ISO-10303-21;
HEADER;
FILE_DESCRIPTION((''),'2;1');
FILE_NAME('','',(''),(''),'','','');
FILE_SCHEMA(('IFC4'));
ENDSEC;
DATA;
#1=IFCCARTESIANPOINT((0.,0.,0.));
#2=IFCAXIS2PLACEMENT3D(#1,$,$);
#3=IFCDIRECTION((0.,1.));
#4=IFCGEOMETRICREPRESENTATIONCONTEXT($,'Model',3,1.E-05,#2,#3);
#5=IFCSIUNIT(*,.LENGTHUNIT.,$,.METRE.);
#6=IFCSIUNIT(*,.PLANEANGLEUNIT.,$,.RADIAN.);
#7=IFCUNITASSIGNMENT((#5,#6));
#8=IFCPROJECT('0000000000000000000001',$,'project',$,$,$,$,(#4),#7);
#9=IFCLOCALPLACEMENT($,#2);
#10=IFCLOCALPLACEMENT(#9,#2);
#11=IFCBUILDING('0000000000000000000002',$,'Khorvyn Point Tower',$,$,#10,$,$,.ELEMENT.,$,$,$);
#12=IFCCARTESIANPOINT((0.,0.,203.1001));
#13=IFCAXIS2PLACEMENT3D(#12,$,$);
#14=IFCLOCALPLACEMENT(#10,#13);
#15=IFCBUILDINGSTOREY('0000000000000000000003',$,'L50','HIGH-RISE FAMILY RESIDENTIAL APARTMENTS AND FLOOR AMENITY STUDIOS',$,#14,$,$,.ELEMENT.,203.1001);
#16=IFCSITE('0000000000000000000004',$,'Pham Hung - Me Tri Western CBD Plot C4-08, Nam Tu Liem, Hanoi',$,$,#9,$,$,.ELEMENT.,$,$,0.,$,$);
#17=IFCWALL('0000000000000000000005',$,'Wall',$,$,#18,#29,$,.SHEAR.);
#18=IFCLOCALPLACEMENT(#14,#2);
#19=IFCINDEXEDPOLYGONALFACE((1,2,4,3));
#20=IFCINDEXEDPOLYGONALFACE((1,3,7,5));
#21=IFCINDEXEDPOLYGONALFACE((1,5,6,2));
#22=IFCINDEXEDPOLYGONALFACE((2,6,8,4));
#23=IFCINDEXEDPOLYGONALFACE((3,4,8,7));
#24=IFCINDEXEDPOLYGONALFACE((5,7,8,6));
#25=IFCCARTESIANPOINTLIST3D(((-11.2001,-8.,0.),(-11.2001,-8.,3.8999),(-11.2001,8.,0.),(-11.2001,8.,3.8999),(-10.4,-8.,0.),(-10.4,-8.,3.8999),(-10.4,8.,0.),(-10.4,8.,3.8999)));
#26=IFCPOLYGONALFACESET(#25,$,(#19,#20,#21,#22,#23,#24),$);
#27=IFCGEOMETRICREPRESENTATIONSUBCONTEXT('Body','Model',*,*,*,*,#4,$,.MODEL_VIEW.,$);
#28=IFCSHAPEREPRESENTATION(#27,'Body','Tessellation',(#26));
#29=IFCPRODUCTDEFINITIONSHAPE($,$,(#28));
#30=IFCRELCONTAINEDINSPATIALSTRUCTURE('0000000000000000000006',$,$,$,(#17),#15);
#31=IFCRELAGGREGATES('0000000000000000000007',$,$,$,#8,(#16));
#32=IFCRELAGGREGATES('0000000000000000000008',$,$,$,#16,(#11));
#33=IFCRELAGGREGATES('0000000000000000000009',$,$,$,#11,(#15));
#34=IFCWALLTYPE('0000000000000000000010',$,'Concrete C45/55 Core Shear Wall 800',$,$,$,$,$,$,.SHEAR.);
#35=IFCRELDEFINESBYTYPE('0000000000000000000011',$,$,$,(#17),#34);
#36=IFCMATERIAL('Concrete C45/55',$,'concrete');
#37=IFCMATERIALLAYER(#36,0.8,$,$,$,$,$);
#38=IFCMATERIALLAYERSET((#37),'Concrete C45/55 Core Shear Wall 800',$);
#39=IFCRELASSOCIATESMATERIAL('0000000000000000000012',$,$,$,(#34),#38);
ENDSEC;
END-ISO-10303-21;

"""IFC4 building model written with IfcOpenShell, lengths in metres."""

from ifc_helpers import new_model, si_unit, direction, frame, frame_2d, origin, place, context, subcontext, project, spatial, rectangle, extrude, material, layer, layer_set, type_object, element, save


model = new_model("IFC4")

# Units and contexts
model_context = context("Model", 3, precision=1e-05, world=origin(), true_north=direction((0.0, 1.0)))
body_context = subcontext(model_context, "Body", "Model", "MODEL_VIEW")
ifc_project = project(units=[si_unit("LENGTHUNIT", "METRE"), si_unit("PLANEANGLEUNIT", "RADIAN")], contexts=[model_context])

# Site, building, storey
site_placement = place(None, origin())
site = spatial("IfcSite", under=ifc_project, at=site_placement, Name="Pham Hung - Me Tri Western CBD Plot C4-08, Nam Tu Liem, Hanoi", CompositionType="ELEMENT", RefElevation=0.0)
building_placement = place(site_placement, origin())
building = spatial("IfcBuilding", under=site, at=building_placement, Name="Khorvyn Point Tower", CompositionType="ELEMENT")
storey_placement = place(building_placement, frame((0.0, 0.0, 203.1001)))
storey = spatial("IfcBuildingStorey", under=building, at=storey_placement, Name="L50", Description="HIGH-RISE FAMILY RESIDENTIAL APARTMENTS AND FLOOR AMENITY STUDIOS", CompositionType="ELEMENT", Elevation=203.1001)

# Shared definitions
ifc_material_1 = material(Name="Concrete C45/55", Category="concrete")

# Wall
ifc_layer_1 = layer(ifc_material_1, 0.8)
ifc_layer_set_1 = layer_set([ifc_layer_1], Name="Concrete C45/55 Core Shear Wall 800")
wall_type_1 = type_object("IfcWallType", Name="Concrete C45/55 Core Shear Wall 800", PredefinedType="SHEAR", material=ifc_layer_set_1)
wall_1_placement = place(storey_placement, frame((-10.8, -8.0, 0.0), z_axis=(0.0, 0.0, 1.0), x_axis=(0.0, 1.0, 0.0)))
element("IfcWall", 1, at=wall_1_placement, inside=storey, type_object=wall_type_1, Name="Wall", PredefinedType="SHEAR", context=body_context, shape_type="SweptSolid", body=[
    extrude(rectangle(XDim=16.0, YDim=0.8, at=frame_2d((8.0, 0.0))), origin(), (0.0, 0.0, 1.0), 3.8999),
])

save(model, "model.ifc")
